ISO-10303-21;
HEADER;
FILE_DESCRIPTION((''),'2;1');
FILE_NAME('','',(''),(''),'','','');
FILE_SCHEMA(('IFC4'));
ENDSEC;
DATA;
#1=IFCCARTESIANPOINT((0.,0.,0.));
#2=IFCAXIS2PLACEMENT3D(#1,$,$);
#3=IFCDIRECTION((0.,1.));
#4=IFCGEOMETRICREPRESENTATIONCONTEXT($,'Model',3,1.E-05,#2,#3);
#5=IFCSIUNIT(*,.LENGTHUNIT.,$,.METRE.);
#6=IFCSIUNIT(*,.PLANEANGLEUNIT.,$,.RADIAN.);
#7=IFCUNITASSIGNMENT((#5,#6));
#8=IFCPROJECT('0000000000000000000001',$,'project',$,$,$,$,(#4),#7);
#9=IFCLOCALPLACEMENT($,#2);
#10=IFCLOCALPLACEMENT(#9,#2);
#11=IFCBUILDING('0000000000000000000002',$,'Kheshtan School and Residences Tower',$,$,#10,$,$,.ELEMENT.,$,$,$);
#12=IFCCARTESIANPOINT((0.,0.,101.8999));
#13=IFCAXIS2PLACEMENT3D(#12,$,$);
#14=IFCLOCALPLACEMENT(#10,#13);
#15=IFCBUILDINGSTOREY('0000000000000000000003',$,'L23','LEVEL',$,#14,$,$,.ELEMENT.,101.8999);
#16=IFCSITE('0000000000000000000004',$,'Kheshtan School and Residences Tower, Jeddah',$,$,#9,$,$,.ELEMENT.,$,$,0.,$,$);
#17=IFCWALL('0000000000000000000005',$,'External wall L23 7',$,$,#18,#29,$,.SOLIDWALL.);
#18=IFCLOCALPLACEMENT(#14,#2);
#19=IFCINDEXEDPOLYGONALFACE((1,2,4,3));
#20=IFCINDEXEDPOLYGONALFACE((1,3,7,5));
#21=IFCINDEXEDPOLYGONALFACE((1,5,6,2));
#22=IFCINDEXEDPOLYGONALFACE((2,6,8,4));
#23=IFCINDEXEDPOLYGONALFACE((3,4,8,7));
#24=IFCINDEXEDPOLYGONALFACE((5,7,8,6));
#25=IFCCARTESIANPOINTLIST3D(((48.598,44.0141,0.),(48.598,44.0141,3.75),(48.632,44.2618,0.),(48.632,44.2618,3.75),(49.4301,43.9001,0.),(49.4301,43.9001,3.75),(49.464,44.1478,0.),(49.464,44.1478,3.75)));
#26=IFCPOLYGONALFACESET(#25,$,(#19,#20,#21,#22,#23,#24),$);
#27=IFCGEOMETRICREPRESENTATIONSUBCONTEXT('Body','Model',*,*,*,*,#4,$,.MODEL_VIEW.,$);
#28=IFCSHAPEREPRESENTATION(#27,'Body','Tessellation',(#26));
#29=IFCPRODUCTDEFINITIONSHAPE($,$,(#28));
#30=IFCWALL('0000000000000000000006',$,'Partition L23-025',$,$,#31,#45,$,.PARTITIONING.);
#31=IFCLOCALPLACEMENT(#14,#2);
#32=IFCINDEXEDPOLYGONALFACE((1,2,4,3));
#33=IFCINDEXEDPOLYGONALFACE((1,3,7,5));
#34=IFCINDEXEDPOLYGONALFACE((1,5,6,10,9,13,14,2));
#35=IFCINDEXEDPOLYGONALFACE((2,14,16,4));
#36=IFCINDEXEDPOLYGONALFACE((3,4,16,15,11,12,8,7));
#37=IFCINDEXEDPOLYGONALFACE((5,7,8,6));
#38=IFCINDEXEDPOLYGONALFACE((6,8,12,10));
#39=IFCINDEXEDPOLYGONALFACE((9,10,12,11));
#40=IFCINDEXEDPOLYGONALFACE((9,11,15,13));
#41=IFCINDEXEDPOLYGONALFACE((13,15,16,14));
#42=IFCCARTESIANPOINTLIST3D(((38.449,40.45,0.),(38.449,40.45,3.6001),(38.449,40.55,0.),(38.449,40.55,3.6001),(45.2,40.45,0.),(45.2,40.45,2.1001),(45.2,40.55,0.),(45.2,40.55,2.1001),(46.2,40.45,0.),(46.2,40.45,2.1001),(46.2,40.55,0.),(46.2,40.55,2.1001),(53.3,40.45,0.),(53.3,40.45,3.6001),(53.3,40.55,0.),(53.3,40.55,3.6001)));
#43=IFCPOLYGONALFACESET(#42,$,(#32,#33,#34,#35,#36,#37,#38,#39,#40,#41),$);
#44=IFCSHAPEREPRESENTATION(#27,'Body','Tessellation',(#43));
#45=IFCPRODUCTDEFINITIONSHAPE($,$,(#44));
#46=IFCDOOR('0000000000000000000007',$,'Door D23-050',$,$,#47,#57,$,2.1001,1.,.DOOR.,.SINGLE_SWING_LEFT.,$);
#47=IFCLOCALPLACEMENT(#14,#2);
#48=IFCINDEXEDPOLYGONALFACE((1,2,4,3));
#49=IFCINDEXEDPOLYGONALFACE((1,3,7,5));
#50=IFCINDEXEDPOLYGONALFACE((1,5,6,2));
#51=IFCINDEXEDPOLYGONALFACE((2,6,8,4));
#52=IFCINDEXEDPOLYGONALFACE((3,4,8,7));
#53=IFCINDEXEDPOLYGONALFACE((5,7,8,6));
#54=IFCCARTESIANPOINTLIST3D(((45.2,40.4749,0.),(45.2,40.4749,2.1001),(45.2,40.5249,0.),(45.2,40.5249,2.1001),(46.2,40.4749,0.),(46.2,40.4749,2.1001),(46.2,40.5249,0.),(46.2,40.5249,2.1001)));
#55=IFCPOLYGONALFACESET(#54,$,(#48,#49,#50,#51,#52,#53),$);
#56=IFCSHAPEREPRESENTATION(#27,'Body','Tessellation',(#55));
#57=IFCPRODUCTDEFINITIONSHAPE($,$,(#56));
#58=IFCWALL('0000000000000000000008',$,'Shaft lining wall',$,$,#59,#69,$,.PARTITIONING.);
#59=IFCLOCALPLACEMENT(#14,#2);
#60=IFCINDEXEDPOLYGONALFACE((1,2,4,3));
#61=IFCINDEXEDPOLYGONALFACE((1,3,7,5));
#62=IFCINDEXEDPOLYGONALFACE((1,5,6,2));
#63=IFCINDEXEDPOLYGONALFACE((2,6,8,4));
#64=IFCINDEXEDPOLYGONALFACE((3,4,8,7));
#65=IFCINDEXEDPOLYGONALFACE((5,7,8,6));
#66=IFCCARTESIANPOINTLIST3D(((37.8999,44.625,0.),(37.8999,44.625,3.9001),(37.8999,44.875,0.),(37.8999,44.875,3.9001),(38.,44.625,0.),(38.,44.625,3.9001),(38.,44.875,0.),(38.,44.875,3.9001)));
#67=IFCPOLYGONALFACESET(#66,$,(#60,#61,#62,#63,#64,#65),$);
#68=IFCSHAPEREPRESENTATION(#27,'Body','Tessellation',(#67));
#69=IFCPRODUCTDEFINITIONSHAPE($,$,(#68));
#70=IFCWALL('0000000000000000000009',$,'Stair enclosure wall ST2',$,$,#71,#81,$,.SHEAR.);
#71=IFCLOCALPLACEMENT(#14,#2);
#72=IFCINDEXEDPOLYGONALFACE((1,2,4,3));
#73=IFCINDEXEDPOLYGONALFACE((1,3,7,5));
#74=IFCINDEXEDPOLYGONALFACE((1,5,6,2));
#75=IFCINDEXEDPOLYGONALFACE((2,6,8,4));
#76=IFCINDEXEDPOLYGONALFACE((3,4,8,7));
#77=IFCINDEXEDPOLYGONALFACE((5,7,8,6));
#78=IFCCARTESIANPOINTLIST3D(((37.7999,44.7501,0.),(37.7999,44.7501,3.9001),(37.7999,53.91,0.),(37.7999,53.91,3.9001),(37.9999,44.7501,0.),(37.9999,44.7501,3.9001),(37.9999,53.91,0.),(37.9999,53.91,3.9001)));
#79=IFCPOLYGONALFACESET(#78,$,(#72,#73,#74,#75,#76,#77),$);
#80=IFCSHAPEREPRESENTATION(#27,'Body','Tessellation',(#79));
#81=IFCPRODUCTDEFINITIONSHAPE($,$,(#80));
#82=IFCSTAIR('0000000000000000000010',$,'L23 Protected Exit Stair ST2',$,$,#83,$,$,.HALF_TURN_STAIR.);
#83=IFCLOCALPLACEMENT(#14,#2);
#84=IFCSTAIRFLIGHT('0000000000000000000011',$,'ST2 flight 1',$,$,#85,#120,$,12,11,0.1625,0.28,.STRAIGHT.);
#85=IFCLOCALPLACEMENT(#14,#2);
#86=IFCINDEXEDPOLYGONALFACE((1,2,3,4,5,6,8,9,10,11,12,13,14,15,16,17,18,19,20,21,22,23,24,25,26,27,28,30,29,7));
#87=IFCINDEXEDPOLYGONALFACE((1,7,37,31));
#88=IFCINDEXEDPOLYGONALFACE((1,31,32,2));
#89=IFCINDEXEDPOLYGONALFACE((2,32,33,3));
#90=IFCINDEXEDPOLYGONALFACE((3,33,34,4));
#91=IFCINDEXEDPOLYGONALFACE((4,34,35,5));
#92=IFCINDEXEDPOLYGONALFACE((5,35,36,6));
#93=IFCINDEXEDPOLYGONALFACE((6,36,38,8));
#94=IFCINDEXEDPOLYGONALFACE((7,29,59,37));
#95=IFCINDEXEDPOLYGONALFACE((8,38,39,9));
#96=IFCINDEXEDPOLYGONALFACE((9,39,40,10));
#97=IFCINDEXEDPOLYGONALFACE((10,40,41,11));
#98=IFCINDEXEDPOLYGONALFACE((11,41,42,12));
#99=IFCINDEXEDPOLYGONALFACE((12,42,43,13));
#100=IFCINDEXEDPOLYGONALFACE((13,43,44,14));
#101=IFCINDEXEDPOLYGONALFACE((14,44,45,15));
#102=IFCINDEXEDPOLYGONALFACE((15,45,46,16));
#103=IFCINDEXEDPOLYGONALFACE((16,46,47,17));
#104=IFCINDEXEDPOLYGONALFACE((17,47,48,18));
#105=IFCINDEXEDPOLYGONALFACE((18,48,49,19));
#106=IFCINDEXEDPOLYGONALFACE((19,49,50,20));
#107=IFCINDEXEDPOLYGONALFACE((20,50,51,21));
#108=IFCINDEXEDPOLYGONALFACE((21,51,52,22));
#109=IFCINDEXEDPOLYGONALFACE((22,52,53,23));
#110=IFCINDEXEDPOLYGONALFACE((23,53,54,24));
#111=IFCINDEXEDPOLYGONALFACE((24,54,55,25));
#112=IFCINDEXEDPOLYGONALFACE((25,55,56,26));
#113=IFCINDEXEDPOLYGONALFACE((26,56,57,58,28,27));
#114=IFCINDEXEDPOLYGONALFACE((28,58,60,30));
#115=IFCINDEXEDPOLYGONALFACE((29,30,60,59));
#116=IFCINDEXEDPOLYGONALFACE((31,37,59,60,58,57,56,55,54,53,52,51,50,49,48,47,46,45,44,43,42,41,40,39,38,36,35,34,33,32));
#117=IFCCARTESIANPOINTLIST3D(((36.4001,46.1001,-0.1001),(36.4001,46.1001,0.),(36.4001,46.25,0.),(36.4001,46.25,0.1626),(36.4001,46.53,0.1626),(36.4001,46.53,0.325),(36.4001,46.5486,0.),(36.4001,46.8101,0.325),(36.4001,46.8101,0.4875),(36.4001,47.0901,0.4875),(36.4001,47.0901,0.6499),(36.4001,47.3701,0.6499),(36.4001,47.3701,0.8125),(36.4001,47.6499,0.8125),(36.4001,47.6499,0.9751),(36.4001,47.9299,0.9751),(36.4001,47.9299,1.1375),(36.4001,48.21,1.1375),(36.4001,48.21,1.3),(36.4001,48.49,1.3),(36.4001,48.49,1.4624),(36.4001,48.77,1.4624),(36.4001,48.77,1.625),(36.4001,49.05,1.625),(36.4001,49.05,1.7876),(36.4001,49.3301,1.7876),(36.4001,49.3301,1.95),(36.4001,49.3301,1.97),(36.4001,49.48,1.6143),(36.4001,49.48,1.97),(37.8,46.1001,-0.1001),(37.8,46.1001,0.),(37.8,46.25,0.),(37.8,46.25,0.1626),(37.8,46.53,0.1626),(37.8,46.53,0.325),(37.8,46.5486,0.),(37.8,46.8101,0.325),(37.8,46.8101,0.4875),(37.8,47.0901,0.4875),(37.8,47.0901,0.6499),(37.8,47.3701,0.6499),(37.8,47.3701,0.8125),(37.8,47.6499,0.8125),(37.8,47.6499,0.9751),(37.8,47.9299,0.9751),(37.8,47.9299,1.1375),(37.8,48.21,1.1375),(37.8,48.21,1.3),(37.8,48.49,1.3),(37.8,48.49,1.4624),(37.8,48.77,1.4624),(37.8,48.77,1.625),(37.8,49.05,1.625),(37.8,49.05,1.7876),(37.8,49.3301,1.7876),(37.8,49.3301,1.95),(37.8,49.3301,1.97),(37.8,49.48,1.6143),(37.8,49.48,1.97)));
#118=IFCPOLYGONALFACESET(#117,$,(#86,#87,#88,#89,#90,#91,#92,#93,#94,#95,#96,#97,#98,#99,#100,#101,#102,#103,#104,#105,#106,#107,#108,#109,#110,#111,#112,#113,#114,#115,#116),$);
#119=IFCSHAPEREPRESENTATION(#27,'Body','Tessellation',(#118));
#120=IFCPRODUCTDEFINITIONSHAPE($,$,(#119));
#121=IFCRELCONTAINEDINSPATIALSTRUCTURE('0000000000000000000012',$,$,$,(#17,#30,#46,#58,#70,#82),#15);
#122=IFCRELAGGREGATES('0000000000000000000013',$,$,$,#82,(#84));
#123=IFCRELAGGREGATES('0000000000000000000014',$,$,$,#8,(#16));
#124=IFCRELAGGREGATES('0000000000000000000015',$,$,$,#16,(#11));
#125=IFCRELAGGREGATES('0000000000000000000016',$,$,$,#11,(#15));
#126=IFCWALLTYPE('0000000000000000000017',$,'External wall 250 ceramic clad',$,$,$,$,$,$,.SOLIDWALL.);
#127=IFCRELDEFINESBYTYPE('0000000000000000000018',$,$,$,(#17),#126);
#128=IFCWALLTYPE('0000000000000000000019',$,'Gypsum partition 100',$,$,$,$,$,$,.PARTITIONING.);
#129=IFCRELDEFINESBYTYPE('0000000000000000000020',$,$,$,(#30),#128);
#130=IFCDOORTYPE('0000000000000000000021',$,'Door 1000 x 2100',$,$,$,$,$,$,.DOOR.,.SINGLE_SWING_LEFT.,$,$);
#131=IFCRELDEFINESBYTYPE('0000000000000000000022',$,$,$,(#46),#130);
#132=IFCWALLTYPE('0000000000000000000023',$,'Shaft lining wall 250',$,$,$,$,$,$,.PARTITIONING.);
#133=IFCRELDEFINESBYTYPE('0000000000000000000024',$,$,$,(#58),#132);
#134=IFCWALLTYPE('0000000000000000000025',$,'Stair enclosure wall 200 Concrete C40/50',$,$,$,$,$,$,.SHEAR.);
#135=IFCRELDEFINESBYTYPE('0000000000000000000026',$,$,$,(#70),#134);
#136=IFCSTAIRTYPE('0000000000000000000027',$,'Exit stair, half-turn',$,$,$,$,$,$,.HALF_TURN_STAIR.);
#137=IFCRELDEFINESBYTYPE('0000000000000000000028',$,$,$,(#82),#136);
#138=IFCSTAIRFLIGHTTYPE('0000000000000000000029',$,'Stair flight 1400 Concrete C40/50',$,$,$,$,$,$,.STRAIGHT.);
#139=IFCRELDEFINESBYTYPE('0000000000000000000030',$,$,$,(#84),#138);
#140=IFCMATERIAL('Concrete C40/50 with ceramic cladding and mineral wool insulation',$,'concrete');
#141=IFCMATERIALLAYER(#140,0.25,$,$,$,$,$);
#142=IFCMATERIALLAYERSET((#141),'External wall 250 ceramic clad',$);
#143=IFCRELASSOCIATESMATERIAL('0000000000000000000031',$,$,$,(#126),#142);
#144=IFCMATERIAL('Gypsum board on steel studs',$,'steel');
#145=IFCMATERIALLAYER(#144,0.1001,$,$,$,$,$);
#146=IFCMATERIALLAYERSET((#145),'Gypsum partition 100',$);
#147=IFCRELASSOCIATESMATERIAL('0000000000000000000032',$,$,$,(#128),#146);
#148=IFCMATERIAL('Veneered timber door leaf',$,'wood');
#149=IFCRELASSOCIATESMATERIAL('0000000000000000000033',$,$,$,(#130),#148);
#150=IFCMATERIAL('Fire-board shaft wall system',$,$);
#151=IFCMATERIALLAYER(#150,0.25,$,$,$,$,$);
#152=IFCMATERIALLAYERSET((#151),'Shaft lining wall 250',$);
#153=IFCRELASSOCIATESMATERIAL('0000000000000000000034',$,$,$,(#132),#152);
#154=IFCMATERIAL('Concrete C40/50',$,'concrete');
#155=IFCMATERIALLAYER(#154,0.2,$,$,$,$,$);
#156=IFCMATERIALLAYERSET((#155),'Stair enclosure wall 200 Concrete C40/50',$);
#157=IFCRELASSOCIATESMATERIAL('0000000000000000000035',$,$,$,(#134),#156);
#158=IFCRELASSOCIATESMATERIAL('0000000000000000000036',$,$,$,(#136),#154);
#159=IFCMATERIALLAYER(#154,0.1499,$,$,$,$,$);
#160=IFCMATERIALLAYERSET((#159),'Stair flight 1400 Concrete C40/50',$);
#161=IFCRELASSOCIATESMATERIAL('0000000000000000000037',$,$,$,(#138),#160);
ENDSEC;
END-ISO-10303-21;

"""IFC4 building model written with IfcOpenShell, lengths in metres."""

from ifc_helpers import new_model, si_unit, direction, frame, frame_2d, origin, place, context, subcontext, project, spatial, polyline, rectangle, outline, extrude, source, transform, mapped, material, layer, layer_set, type_object, element, fill, aggregate, save


model = new_model("IFC4")

# Units and contexts
model_context = context("Model", 3, precision=1e-05, world=origin(), true_north=direction((0.0, 1.0)))
body_context = subcontext(model_context, "Body", "Model", "MODEL_VIEW")
ifc_project = project(units=[si_unit("LENGTHUNIT", "METRE"), si_unit("PLANEANGLEUNIT", "RADIAN")], contexts=[model_context])

# Site, building, storey
site_placement = place(None, origin())
site = spatial("IfcSite", under=ifc_project, at=site_placement, Name="Kheshtan School and Residences Tower, Jeddah", CompositionType="ELEMENT", RefElevation=0.0)
building_placement = place(site_placement, origin())
building = spatial("IfcBuilding", under=site, at=building_placement, Name="Kheshtan School and Residences Tower", CompositionType="ELEMENT")
storey_placement = place(building_placement, frame((0.0, 0.0, 101.8999)))
storey = spatial("IfcBuildingStorey", under=building, at=storey_placement, Name="L23", Description="LEVEL", CompositionType="ELEMENT", Elevation=101.8999)

# Shared definitions
ifc_material_1 = material(Name="Concrete C40/50 with ceramic cladding and mineral wool insulation", Category="concrete")
ifc_layer_1 = layer(ifc_material_1, 0.25)
ifc_layer_set_1 = layer_set([ifc_layer_1], Name="External wall 250 ceramic clad")
wall_type_1 = type_object("IfcWallType", Name="External wall 250 ceramic clad", PredefinedType="SOLIDWALL", material=ifc_layer_set_1)

# Wall
wall_1_placement = place(storey_placement, frame((48.615, 44.1379, 0.0), z_axis=(0.0, 0.0, 1.0), x_axis=(0.990742, -0.135762, 0.0)))
element("IfcWall", 1, at=wall_1_placement, inside=storey, type_object=wall_type_1, Name="External wall L23 7", PredefinedType="SOLIDWALL", context=body_context, shape_type="SweptSolid", body=[
    extrude(rectangle(XDim=0.8398, YDim=0.25, at=frame_2d((0.4199, 0.0))), origin(), (0.0, 0.0, 1.0), 3.75),
])

# Wall, opening, door
ifc_material_2 = material(Name="Gypsum board on steel studs", Category="steel")
ifc_layer_2 = layer(ifc_material_2, 0.1001)
ifc_layer_set_2 = layer_set([ifc_layer_2], Name="Gypsum partition 100")
wall_type_2 = type_object("IfcWallType", Name="Gypsum partition 100", PredefinedType="PARTITIONING", material=ifc_layer_set_2)
wall_2_placement = place(storey_placement, frame((38.449, 40.5, 0.0), z_axis=(0.0, 0.0, 1.0), x_axis=(1.0, 0.0, 0.0)))
wall_2 = element("IfcWall", 2, at=wall_2_placement, inside=storey, type_object=wall_type_2, Name="Partition L23-025", PredefinedType="PARTITIONING", context=body_context, shape_type="SweptSolid", body=[
    extrude(rectangle(XDim=14.8511, YDim=0.1001, at=frame_2d((7.4255, 0.0))), origin(), (0.0, 0.0, 1.0), 3.6001),
])
opening_1_placement = place(wall_2_placement, frame((6.751, 0.0, 0.0)))
opening_1 = element("IfcOpeningElement", 3, at=opening_1_placement, cuts=wall_2, PredefinedType="OPENING", context=body_context, shape_type="SweptSolid", body=[
    extrude(rectangle(XDim=1.0, YDim=2.1001, at=frame_2d((0.5, 1.05))), frame((0.0, 0.0601, 0.0), z_axis=(0.0, -1.0, 0.0), x_axis=(1.0, 0.0, 0.0)), (0.0, 0.0, 1.0), 0.1201),
])
ifc_material_3 = material(Name="Veneered timber door leaf", Category="wood")
door_type_1 = type_object("IfcDoorType", Name="Door 1000 x 2100", OperationType="SINGLE_SWING_LEFT", PredefinedType="DOOR", material=ifc_material_3)
shared_shape_1 = source(origin(), body_context, "Body", "SweptSolid", [
    extrude(rectangle(XDim=1.0, YDim=2.1001, at=frame_2d((0.5, 1.05))), frame((0.0, 0.0249, 0.0), z_axis=(0.0, -1.0, 0.0), x_axis=(1.0, 0.0, 0.0)), (0.0, 0.0, 1.0), 0.05),
])
door_1_placement = place(opening_1_placement, origin())
door_1 = element("IfcDoor", 4, at=door_1_placement, inside=storey, type_object=door_type_1, Name="Door D23-050", OperationType="SINGLE_SWING_LEFT", OverallHeight=2.1001, OverallWidth=1.0, PredefinedType="DOOR", context=body_context, shape_type="MappedRepresentation", body=[
    mapped(shared_shape_1, transform((0.0, 0.0, 0.0), x_axis=(1.0, 0.0, 0.0), y_axis=(0.0, 1.0, 0.0), z_axis=(0.0, 0.0, 1.0), scale=1.0)),
])
fill(opening_1, door_1)

# Walls
ifc_material_4 = material(Name="Fire-board shaft wall system")
ifc_layer_3 = layer(ifc_material_4, 0.25)
ifc_layer_set_3 = layer_set([ifc_layer_3], Name="Shaft lining wall 250")
wall_type_3 = type_object("IfcWallType", Name="Shaft lining wall 250", PredefinedType="PARTITIONING", material=ifc_layer_set_3)
wall_3_placement = place(storey_placement, frame((37.8999, 44.75, 0.0), z_axis=(0.0, 0.0, 1.0), x_axis=(1.0, 0.0, 0.0)))
element("IfcWall", 5, at=wall_3_placement, inside=storey, type_object=wall_type_3, Name="Shaft lining wall", PredefinedType="PARTITIONING", context=body_context, shape_type="SweptSolid", body=[
    extrude(rectangle(XDim=0.1001, YDim=0.25, at=frame_2d((0.05, 0.0))), origin(), (0.0, 0.0, 1.0), 3.9001),
])
ifc_material_5 = material(Name="Concrete C40/50", Category="concrete")
ifc_layer_4 = layer(ifc_material_5, 0.2)
ifc_layer_set_4 = layer_set([ifc_layer_4], Name="Stair enclosure wall 200 Concrete C40/50")
wall_type_4 = type_object("IfcWallType", Name="Stair enclosure wall 200 Concrete C40/50", PredefinedType="SHEAR", material=ifc_layer_set_4)
wall_4_placement = place(storey_placement, frame((37.8999, 44.75, 0.0), z_axis=(0.0, 0.0, 1.0), x_axis=(0.0, 1.0, 0.0)))
element("IfcWall", 6, at=wall_4_placement, inside=storey, type_object=wall_type_4, Name="Stair enclosure wall ST2", PredefinedType="SHEAR", context=body_context, shape_type="SweptSolid", body=[
    extrude(rectangle(XDim=9.1599, YDim=0.2, at=frame_2d((4.5801, 0.0))), origin(), (0.0, 0.0, 1.0), 3.9001),
])

# Stair, stair flight
stair_type = type_object("IfcStairType", Name="Exit stair, half-turn", PredefinedType="HALF_TURN_STAIR", material=ifc_material_5)
stair_placement = place(storey_placement, origin())
stair = element("IfcStair", 7, at=stair_placement, inside=storey, type_object=stair_type, Name="L23 Protected Exit Stair ST2", PredefinedType="HALF_TURN_STAIR")
ifc_layer_5 = layer(ifc_material_5, 0.1499)
ifc_layer_set_5 = layer_set([ifc_layer_5], Name="Stair flight 1400 Concrete C40/50")
stair_flight_type = type_object("IfcStairFlightType", Name="Stair flight 1400 Concrete C40/50", PredefinedType="STRAIGHT", material=ifc_layer_set_5)
stair_flight_placement = place(storey_placement, frame((37.1001, 46.25, 0.0), z_axis=(0.0, 0.0, 1.0), x_axis=(0.0, 1.0, 0.0)))
stair_flight = element("IfcStairFlight", 8, at=stair_flight_placement, type_object=stair_flight_type, Name="ST2 flight 1", NumberOfRisers=12, NumberOfTreads=11, PredefinedType="STRAIGHT", RiserHeight=0.1625, TreadLength=0.28, context=body_context, shape_type="SweptSolid", body=[
    extrude(outline(polyline([(-0.1499, -0.1001), (-0.1499, 0.0), (0.0, 0.0), (0.0, 0.1626), (0.28, 0.1626), (0.28, 0.325), (0.5601, 0.325), (0.5601, 0.4875), (0.8401, 0.4875), (0.8401, 0.6499), (1.1201, 0.6499), (1.1201, 0.8125), (1.3999, 0.8125), (1.3999, 0.9751), (1.6799, 0.9751), (1.6799, 1.1375), (1.96, 1.1375), (1.96, 1.3), (2.24, 1.3), (2.24, 1.4624), (2.52, 1.4624), (2.52, 1.625), (2.8, 1.625), (2.8, 1.7876), (3.0801, 1.7876), (3.0801, 1.95), (3.0801, 1.97), (3.23, 1.97), (3.23, 1.6143), (0.2986, 0.0), (-0.1499, -0.1001)])), frame((0.0, 0.7, 0.0), z_axis=(0.0, -1.0, 0.0), x_axis=(1.0, 0.0, 0.0)), (0.0, 0.0, 1.0), 1.3999),
])
aggregate(stair, [stair_flight])

save(model, "model.ifc")
